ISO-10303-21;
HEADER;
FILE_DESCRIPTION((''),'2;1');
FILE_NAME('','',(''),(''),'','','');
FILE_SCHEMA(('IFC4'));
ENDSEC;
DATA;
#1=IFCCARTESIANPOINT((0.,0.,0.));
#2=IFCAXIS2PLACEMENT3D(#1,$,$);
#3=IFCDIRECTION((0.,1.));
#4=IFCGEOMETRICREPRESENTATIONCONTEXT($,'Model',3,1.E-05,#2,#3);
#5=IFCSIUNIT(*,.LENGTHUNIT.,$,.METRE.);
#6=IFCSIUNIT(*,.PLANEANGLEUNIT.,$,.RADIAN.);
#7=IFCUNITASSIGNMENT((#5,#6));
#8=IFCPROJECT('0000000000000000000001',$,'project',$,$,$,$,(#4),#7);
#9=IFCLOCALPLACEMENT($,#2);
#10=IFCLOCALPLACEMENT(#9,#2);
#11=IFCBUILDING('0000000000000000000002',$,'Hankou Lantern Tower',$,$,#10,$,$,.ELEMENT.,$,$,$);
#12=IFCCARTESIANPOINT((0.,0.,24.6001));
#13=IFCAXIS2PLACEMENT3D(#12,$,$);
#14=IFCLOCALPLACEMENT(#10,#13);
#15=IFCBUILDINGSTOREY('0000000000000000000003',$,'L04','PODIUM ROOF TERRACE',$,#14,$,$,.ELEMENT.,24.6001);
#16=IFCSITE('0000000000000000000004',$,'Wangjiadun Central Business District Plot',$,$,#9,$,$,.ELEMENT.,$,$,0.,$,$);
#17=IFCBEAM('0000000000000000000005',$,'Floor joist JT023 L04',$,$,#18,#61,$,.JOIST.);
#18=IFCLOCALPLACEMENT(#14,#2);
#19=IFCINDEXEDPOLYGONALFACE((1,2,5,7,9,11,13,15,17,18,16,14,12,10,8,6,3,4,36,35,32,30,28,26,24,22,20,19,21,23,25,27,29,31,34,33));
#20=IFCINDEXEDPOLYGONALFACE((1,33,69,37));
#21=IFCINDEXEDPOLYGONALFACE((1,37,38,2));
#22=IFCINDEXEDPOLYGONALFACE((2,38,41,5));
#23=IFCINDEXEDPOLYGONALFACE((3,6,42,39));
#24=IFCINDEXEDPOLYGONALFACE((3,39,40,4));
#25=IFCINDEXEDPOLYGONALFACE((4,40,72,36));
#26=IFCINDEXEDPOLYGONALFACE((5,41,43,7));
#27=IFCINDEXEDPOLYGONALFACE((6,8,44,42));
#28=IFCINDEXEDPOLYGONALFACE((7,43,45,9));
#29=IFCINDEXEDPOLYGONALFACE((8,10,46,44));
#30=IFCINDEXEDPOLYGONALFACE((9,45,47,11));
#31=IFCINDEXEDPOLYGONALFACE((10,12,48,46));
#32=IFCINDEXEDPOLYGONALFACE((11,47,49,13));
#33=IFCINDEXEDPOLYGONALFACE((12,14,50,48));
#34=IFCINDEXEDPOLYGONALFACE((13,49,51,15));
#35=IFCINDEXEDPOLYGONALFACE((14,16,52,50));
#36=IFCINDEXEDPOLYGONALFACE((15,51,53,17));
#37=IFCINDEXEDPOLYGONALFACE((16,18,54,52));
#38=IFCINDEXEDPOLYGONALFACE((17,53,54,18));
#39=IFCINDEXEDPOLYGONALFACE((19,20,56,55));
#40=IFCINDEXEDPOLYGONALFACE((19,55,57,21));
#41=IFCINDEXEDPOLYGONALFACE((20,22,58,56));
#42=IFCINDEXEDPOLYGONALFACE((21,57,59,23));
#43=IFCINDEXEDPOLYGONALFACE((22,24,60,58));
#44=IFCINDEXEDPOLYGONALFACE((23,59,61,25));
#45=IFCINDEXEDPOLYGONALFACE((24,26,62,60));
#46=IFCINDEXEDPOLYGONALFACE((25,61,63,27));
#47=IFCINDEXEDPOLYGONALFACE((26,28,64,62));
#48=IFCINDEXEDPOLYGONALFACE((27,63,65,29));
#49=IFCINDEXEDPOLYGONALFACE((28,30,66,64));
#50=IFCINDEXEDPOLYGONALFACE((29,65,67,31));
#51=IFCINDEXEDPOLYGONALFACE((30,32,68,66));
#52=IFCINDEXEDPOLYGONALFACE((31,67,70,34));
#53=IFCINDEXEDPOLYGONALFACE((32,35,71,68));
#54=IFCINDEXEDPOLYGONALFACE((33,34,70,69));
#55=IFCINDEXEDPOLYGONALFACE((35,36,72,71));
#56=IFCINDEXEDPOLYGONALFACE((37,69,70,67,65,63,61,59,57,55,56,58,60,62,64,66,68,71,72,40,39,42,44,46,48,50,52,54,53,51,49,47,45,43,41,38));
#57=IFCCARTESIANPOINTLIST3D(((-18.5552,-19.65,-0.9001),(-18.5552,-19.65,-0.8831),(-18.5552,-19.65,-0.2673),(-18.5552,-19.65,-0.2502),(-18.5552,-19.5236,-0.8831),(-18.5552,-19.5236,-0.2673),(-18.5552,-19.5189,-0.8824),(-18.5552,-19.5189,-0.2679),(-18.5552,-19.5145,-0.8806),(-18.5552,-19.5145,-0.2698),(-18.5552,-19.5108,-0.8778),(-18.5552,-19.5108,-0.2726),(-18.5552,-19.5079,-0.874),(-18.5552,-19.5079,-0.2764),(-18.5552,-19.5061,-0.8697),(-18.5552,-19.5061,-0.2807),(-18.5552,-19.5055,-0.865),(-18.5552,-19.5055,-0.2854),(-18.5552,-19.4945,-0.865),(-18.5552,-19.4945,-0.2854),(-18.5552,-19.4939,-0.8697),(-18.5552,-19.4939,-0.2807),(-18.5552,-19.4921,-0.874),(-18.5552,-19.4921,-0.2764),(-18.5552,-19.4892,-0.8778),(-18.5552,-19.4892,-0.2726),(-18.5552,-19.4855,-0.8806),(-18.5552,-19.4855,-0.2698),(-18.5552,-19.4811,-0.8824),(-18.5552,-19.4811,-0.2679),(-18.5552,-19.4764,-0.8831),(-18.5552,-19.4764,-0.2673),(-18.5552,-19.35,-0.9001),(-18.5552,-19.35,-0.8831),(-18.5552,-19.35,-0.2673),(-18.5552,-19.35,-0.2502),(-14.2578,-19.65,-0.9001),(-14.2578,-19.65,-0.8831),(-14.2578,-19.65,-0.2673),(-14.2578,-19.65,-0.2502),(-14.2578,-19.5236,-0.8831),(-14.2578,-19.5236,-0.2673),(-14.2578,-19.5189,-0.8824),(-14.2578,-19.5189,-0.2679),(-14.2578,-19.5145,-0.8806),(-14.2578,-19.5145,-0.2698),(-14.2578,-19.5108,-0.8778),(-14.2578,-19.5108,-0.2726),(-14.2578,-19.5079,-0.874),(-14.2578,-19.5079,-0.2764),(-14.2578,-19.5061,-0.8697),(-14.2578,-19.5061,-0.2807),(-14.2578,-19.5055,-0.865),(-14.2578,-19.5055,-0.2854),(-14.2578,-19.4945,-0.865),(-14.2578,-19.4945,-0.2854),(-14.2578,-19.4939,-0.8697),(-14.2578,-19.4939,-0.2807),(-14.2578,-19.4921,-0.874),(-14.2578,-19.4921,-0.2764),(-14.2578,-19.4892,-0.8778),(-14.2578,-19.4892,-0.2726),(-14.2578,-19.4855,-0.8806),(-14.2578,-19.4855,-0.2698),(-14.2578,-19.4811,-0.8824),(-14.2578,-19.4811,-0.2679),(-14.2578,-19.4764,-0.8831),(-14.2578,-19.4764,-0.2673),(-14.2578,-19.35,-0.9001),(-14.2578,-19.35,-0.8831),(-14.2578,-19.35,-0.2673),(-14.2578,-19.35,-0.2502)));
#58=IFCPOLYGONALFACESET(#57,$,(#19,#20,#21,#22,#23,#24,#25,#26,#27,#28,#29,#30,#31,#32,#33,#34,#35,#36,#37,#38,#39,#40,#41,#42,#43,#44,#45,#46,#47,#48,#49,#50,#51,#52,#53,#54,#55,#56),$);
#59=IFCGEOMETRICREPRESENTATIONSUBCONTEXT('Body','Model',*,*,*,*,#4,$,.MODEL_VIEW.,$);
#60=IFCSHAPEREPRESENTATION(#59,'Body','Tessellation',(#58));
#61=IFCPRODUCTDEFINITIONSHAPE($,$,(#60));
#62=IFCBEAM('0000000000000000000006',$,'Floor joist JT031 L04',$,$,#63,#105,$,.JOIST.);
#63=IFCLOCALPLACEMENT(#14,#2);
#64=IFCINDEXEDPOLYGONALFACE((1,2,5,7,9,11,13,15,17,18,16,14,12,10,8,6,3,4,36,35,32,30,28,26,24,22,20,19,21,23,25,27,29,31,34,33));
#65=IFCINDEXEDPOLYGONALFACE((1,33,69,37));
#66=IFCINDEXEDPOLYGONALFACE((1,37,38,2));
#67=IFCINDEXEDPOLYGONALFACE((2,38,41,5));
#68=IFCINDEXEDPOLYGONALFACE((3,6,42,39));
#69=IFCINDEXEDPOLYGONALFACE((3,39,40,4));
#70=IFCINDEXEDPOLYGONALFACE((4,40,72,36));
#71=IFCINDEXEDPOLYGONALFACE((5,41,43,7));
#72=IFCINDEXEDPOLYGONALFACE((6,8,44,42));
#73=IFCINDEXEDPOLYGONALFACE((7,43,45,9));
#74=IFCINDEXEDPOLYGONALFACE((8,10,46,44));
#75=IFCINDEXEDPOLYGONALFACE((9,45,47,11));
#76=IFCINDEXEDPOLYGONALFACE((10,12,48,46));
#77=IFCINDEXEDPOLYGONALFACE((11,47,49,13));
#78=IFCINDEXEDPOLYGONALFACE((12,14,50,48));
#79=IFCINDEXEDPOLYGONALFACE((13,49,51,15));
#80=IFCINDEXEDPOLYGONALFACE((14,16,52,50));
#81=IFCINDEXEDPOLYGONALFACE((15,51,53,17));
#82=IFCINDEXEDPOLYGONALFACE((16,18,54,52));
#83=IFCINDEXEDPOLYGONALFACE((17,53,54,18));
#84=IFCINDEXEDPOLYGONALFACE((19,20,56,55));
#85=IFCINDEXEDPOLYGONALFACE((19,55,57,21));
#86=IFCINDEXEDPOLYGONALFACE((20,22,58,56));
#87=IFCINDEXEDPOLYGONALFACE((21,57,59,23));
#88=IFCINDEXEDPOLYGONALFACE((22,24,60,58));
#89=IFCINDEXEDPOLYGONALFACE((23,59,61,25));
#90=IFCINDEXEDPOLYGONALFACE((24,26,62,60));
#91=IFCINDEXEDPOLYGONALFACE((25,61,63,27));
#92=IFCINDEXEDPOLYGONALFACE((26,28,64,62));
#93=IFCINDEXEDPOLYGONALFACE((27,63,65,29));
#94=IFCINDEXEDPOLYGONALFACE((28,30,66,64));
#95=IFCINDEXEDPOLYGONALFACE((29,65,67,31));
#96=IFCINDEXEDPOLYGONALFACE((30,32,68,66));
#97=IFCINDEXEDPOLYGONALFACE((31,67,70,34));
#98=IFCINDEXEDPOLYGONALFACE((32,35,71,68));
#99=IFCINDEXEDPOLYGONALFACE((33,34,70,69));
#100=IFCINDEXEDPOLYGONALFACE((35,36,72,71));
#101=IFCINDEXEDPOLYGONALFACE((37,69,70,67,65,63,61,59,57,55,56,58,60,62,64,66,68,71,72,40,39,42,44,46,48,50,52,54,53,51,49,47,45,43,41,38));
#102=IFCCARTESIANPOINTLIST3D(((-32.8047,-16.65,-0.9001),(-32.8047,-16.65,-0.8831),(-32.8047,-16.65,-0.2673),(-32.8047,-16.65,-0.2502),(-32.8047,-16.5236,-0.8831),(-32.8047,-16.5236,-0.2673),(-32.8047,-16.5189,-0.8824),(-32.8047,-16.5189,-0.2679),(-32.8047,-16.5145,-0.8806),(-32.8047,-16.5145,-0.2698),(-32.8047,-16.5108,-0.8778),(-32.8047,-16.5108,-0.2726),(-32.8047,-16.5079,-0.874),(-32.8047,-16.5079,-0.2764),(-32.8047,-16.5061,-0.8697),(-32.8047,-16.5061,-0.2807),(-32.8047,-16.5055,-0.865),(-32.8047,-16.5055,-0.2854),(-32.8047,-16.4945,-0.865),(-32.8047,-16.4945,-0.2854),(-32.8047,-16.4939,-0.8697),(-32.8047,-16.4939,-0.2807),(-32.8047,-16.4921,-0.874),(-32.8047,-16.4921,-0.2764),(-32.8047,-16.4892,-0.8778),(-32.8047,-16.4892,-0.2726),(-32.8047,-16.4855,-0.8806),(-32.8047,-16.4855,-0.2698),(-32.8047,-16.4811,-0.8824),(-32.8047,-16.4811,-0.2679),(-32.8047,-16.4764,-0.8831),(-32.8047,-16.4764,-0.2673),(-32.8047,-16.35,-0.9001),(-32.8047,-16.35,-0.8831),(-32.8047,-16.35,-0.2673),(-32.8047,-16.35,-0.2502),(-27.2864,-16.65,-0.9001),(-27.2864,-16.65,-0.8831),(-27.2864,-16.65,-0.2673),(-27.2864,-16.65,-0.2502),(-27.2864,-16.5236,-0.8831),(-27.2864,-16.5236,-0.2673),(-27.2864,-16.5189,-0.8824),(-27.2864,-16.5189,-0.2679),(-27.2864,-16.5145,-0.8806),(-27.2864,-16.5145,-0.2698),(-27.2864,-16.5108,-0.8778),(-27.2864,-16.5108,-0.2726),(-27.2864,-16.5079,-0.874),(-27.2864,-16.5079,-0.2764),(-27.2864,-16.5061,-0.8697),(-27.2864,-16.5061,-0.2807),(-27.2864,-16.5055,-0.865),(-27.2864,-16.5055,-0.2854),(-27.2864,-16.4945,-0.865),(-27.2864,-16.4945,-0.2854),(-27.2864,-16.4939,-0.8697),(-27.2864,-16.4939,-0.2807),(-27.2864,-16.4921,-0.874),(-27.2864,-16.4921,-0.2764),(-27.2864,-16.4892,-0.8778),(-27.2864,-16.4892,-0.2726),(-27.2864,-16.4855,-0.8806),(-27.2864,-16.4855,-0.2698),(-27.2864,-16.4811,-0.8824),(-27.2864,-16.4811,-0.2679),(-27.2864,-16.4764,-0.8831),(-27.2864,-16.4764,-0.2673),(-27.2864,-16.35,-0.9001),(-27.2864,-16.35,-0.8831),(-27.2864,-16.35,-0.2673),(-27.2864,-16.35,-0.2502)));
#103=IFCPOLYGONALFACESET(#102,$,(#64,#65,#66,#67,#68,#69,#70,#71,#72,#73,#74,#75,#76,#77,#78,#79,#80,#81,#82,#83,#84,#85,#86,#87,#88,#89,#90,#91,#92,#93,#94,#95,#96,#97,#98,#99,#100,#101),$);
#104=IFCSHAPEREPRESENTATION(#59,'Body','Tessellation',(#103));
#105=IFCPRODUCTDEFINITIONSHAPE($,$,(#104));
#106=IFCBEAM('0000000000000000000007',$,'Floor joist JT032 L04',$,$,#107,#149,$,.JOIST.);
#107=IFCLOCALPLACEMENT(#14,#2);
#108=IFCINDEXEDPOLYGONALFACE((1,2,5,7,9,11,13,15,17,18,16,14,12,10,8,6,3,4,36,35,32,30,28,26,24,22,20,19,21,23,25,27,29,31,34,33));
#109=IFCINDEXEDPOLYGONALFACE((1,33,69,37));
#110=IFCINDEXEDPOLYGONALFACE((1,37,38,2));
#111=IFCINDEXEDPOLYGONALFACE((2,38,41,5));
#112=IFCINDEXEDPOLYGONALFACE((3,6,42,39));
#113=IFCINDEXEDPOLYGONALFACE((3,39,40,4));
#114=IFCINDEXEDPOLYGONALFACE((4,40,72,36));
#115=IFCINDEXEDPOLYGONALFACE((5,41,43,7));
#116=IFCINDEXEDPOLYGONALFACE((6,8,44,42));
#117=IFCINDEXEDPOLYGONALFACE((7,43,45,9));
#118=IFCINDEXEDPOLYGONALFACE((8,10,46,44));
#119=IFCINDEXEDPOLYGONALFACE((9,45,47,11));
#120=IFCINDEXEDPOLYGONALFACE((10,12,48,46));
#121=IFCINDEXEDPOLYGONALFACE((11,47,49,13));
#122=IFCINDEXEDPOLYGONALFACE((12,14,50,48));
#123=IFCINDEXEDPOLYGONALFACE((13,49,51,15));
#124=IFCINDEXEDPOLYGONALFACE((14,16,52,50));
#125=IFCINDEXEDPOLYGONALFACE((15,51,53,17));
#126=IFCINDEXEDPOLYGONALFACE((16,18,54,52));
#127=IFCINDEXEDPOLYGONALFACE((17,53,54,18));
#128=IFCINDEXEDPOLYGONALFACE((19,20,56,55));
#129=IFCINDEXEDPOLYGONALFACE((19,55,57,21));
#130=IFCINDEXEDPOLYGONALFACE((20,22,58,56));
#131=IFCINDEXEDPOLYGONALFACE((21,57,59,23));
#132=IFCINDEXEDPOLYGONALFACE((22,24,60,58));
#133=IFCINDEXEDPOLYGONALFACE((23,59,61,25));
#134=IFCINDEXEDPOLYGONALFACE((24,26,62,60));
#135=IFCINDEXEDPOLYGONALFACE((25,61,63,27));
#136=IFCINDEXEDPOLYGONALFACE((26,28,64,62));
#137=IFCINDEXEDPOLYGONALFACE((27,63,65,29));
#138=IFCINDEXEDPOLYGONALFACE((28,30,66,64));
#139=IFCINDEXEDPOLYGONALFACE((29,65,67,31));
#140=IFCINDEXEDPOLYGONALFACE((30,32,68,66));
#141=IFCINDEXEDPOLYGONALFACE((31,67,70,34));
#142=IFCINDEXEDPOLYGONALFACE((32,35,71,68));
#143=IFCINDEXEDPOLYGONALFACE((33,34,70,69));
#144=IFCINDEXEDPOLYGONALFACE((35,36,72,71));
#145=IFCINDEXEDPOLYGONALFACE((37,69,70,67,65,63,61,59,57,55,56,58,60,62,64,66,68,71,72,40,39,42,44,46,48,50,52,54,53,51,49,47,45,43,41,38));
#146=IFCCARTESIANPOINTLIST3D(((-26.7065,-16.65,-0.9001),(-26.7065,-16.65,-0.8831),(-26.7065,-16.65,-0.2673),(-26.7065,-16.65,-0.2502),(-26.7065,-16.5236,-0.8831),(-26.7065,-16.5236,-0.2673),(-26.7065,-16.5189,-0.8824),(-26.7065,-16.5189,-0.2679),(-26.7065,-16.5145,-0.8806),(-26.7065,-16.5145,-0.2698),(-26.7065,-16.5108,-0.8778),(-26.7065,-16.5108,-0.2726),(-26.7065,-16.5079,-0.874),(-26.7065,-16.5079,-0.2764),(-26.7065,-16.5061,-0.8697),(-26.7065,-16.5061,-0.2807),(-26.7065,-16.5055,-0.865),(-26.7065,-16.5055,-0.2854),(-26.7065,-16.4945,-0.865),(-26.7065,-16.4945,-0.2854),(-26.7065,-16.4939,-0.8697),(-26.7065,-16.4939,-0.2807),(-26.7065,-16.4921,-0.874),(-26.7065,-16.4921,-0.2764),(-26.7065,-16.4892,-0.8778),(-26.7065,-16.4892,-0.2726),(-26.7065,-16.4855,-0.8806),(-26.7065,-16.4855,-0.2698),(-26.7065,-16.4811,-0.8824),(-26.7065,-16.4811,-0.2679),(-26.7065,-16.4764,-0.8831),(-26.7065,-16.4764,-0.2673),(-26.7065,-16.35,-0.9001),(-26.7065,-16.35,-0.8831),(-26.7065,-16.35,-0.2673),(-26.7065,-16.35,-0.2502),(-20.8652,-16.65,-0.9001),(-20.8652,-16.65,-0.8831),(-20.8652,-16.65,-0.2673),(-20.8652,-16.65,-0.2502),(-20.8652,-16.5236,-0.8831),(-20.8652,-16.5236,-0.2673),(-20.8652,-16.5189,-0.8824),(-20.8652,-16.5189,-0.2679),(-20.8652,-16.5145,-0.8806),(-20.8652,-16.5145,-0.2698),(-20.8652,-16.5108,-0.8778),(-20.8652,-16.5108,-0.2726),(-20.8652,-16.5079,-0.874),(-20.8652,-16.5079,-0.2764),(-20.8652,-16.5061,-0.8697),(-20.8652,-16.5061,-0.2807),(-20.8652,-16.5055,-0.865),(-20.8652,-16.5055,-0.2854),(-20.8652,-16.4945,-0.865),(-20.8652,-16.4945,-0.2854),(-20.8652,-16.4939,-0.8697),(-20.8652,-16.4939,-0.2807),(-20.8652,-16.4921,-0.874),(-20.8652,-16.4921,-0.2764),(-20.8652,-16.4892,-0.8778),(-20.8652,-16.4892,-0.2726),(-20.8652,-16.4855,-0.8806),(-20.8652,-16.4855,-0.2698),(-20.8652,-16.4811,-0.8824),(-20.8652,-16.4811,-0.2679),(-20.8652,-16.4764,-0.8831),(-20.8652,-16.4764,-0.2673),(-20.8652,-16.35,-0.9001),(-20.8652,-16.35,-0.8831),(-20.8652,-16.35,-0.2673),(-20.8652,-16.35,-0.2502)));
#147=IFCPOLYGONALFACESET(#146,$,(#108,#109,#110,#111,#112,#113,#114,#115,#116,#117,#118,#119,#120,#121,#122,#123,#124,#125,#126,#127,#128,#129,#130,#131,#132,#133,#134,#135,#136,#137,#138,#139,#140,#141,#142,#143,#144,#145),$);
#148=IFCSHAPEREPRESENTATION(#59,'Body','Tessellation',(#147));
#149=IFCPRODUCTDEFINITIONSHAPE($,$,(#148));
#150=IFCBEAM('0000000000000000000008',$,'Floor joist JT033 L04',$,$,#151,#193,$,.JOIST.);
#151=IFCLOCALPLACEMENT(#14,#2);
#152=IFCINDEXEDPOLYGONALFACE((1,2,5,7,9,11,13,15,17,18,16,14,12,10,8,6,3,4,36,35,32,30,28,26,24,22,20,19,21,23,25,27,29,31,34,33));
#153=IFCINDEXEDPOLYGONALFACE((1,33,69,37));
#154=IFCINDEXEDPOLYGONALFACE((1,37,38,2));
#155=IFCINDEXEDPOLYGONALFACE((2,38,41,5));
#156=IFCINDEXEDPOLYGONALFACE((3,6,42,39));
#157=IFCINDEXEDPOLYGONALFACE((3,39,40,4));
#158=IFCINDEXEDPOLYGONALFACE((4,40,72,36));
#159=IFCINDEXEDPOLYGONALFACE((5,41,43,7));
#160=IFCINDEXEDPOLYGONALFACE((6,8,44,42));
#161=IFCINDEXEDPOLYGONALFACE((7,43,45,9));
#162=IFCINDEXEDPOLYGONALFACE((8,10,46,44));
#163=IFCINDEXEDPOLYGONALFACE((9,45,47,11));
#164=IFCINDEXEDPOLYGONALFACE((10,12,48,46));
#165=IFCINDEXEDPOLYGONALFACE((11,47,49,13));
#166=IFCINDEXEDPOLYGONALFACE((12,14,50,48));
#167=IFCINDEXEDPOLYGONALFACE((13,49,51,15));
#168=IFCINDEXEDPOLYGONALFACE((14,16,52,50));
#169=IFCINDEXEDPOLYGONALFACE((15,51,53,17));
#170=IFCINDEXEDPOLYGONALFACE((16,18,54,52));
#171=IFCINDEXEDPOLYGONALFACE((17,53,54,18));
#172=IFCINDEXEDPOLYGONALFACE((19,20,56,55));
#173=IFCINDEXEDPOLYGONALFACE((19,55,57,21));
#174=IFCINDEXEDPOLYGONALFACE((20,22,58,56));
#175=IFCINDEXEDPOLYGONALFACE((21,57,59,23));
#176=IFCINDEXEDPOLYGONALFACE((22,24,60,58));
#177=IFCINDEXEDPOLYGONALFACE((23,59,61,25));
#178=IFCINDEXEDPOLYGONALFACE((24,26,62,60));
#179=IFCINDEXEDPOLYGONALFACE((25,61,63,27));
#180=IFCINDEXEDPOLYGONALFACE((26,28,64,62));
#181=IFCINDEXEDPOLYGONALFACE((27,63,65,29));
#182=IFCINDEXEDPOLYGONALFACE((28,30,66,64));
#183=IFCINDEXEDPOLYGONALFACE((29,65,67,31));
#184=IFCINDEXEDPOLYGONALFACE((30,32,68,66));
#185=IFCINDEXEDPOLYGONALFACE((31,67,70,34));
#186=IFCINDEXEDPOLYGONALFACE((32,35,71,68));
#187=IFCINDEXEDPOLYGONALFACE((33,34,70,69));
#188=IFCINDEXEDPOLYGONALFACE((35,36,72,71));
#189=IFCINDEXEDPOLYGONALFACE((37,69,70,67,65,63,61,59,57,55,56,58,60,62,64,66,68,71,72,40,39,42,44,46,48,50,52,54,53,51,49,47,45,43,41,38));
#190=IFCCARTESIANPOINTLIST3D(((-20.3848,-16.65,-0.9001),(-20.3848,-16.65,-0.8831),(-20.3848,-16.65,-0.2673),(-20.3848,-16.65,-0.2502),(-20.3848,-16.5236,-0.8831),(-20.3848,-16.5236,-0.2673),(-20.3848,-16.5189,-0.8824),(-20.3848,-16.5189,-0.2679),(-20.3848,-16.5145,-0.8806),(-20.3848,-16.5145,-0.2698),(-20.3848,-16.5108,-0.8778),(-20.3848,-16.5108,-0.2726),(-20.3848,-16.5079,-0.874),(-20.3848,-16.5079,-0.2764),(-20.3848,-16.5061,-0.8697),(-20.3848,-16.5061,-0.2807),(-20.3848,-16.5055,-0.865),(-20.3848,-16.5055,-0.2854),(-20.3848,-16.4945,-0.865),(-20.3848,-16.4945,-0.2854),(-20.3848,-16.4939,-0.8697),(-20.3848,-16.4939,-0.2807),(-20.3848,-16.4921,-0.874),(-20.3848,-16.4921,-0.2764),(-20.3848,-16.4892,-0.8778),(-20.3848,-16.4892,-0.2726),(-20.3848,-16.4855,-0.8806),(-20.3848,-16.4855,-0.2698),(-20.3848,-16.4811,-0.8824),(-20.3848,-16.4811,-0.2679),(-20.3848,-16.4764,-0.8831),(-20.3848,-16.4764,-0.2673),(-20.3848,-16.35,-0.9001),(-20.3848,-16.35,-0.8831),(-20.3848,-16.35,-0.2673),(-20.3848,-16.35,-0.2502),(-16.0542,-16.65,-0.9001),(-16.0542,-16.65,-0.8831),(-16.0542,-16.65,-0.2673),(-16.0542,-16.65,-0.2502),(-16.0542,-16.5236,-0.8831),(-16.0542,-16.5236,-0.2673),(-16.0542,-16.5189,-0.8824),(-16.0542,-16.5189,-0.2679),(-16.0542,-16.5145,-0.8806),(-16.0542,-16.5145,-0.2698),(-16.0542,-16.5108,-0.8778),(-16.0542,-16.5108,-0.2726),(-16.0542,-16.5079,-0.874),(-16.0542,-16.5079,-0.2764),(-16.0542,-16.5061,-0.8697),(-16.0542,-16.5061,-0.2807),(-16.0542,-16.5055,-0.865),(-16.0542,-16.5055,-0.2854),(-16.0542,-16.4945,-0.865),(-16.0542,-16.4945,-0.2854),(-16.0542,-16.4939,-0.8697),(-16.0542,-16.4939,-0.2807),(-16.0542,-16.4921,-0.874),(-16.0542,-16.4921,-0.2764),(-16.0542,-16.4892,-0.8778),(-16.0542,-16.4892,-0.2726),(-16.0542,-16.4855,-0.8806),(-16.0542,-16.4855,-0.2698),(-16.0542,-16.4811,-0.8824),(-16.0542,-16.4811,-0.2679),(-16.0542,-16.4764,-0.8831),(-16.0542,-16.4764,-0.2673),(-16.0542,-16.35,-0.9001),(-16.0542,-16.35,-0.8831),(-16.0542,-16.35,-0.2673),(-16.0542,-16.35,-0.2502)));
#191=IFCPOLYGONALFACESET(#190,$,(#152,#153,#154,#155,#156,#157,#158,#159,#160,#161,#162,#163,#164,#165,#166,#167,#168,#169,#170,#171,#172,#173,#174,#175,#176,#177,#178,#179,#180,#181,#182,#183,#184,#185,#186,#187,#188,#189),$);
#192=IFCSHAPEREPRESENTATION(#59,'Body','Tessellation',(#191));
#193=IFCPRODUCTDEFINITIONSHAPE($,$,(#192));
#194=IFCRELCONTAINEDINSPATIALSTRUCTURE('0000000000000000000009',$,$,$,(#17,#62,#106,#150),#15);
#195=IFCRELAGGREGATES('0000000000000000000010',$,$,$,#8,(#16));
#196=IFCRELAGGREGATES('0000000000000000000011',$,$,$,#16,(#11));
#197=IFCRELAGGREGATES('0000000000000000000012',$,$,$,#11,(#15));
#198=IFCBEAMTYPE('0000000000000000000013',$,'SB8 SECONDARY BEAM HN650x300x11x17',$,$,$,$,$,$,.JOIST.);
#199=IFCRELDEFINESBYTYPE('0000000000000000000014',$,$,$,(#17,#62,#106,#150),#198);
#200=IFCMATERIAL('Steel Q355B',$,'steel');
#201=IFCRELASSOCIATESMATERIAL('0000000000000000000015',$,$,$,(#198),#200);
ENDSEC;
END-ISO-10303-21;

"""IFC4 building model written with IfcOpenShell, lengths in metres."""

from ifc_helpers import new_model, si_unit, direction, frame, origin, origin_2d, place, context, subcontext, project, spatial, i_section, extrude, material, material_profile, profile_set, type_object, element, save


model = new_model("IFC4")

# Units and contexts
model_context = context("Model", 3, precision=1e-05, world=origin(), true_north=direction((0.0, 1.0)))
body_context = subcontext(model_context, "Body", "Model", "MODEL_VIEW")
ifc_project = project(units=[si_unit("LENGTHUNIT", "METRE"), si_unit("PLANEANGLEUNIT", "RADIAN")], contexts=[model_context])

# Site, building, storey
site_placement = place(None, origin())
site = spatial("IfcSite", under=ifc_project, at=site_placement, Name="Wangjiadun Central Business District Plot", CompositionType="ELEMENT", RefElevation=0.0)
building_placement = place(site_placement, origin())
building = spatial("IfcBuilding", under=site, at=building_placement, Name="Hankou Lantern Tower", CompositionType="ELEMENT")
storey_placement = place(building_placement, frame((0.0, 0.0, 24.6001)))
storey = spatial("IfcBuildingStorey", under=building, at=storey_placement, Name="L04", Description="PODIUM ROOF TERRACE", CompositionType="ELEMENT", Elevation=24.6001)

# Beams
ifc_material_1 = material(Name="Steel Q355B", Category="steel")
ifc_material_profile_1 = material_profile(ifc_material_1, i_section(OverallWidth=0.3, OverallDepth=0.6499, WebThickness=0.011, FlangeThickness=0.0171, FilletRadius=0.0181, at=origin_2d()), Name="HN650x300x11x17")
ifc_profile_set_1 = profile_set([ifc_material_profile_1], Name="Steel Q355B")
beam_type_1 = type_object("IfcBeamType", Name="SB8 SECONDARY BEAM HN650x300x11x17", PredefinedType="JOIST", material=ifc_profile_set_1)
beam_1_placement = place(storey_placement, frame((-18.5552, -19.5, -0.5752), z_axis=(1.0, 0.0, 0.0), x_axis=(0.0, 1.0, 0.0)))
element("IfcBeam", 1, at=beam_1_placement, inside=storey, type_object=beam_type_1, Name="Floor joist JT023 L04", PredefinedType="JOIST", context=body_context, shape_type="SweptSolid", body=[
    extrude(i_section(OverallWidth=0.3, OverallDepth=0.6499, WebThickness=0.011, FlangeThickness=0.0171, FilletRadius=0.0181, at=origin_2d()), origin(), (0.0, 0.0, 1.0), 4.2974),
])
beam_2_placement = place(storey_placement, frame((-32.8047, -16.5, -0.5752), z_axis=(1.0, 0.0, 0.0), x_axis=(0.0, 1.0, 0.0)))
element("IfcBeam", 2, at=beam_2_placement, inside=storey, type_object=beam_type_1, Name="Floor joist JT031 L04", PredefinedType="JOIST", context=body_context, shape_type="SweptSolid", body=[
    extrude(i_section(OverallWidth=0.3, OverallDepth=0.6499, WebThickness=0.011, FlangeThickness=0.0171, FilletRadius=0.0181, at=origin_2d()), origin(), (0.0, 0.0, 1.0), 5.5183),
])
beam_3_placement = place(storey_placement, frame((-26.7065, -16.5, -0.5752), z_axis=(1.0, 0.0, 0.0), x_axis=(0.0, 1.0, 0.0)))
element("IfcBeam", 3, at=beam_3_placement, inside=storey, type_object=beam_type_1, Name="Floor joist JT032 L04", PredefinedType="JOIST", context=body_context, shape_type="SweptSolid", body=[
    extrude(i_section(OverallWidth=0.3, OverallDepth=0.6499, WebThickness=0.011, FlangeThickness=0.0171, FilletRadius=0.0181, at=origin_2d()), origin(), (0.0, 0.0, 1.0), 5.8413),
])
beam_4_placement = place(storey_placement, frame((-20.3848, -16.5, -0.5752), z_axis=(1.0, 0.0, 0.0), x_axis=(0.0, 1.0, 0.0)))
element("IfcBeam", 4, at=beam_4_placement, inside=storey, type_object=beam_type_1, Name="Floor joist JT033 L04", PredefinedType="JOIST", context=body_context, shape_type="SweptSolid", body=[
    extrude(i_section(OverallWidth=0.3, OverallDepth=0.6499, WebThickness=0.011, FlangeThickness=0.0171, FilletRadius=0.0181, at=origin_2d()), origin(), (0.0, 0.0, 1.0), 4.3306),
])

save(model, "model.ifc")
